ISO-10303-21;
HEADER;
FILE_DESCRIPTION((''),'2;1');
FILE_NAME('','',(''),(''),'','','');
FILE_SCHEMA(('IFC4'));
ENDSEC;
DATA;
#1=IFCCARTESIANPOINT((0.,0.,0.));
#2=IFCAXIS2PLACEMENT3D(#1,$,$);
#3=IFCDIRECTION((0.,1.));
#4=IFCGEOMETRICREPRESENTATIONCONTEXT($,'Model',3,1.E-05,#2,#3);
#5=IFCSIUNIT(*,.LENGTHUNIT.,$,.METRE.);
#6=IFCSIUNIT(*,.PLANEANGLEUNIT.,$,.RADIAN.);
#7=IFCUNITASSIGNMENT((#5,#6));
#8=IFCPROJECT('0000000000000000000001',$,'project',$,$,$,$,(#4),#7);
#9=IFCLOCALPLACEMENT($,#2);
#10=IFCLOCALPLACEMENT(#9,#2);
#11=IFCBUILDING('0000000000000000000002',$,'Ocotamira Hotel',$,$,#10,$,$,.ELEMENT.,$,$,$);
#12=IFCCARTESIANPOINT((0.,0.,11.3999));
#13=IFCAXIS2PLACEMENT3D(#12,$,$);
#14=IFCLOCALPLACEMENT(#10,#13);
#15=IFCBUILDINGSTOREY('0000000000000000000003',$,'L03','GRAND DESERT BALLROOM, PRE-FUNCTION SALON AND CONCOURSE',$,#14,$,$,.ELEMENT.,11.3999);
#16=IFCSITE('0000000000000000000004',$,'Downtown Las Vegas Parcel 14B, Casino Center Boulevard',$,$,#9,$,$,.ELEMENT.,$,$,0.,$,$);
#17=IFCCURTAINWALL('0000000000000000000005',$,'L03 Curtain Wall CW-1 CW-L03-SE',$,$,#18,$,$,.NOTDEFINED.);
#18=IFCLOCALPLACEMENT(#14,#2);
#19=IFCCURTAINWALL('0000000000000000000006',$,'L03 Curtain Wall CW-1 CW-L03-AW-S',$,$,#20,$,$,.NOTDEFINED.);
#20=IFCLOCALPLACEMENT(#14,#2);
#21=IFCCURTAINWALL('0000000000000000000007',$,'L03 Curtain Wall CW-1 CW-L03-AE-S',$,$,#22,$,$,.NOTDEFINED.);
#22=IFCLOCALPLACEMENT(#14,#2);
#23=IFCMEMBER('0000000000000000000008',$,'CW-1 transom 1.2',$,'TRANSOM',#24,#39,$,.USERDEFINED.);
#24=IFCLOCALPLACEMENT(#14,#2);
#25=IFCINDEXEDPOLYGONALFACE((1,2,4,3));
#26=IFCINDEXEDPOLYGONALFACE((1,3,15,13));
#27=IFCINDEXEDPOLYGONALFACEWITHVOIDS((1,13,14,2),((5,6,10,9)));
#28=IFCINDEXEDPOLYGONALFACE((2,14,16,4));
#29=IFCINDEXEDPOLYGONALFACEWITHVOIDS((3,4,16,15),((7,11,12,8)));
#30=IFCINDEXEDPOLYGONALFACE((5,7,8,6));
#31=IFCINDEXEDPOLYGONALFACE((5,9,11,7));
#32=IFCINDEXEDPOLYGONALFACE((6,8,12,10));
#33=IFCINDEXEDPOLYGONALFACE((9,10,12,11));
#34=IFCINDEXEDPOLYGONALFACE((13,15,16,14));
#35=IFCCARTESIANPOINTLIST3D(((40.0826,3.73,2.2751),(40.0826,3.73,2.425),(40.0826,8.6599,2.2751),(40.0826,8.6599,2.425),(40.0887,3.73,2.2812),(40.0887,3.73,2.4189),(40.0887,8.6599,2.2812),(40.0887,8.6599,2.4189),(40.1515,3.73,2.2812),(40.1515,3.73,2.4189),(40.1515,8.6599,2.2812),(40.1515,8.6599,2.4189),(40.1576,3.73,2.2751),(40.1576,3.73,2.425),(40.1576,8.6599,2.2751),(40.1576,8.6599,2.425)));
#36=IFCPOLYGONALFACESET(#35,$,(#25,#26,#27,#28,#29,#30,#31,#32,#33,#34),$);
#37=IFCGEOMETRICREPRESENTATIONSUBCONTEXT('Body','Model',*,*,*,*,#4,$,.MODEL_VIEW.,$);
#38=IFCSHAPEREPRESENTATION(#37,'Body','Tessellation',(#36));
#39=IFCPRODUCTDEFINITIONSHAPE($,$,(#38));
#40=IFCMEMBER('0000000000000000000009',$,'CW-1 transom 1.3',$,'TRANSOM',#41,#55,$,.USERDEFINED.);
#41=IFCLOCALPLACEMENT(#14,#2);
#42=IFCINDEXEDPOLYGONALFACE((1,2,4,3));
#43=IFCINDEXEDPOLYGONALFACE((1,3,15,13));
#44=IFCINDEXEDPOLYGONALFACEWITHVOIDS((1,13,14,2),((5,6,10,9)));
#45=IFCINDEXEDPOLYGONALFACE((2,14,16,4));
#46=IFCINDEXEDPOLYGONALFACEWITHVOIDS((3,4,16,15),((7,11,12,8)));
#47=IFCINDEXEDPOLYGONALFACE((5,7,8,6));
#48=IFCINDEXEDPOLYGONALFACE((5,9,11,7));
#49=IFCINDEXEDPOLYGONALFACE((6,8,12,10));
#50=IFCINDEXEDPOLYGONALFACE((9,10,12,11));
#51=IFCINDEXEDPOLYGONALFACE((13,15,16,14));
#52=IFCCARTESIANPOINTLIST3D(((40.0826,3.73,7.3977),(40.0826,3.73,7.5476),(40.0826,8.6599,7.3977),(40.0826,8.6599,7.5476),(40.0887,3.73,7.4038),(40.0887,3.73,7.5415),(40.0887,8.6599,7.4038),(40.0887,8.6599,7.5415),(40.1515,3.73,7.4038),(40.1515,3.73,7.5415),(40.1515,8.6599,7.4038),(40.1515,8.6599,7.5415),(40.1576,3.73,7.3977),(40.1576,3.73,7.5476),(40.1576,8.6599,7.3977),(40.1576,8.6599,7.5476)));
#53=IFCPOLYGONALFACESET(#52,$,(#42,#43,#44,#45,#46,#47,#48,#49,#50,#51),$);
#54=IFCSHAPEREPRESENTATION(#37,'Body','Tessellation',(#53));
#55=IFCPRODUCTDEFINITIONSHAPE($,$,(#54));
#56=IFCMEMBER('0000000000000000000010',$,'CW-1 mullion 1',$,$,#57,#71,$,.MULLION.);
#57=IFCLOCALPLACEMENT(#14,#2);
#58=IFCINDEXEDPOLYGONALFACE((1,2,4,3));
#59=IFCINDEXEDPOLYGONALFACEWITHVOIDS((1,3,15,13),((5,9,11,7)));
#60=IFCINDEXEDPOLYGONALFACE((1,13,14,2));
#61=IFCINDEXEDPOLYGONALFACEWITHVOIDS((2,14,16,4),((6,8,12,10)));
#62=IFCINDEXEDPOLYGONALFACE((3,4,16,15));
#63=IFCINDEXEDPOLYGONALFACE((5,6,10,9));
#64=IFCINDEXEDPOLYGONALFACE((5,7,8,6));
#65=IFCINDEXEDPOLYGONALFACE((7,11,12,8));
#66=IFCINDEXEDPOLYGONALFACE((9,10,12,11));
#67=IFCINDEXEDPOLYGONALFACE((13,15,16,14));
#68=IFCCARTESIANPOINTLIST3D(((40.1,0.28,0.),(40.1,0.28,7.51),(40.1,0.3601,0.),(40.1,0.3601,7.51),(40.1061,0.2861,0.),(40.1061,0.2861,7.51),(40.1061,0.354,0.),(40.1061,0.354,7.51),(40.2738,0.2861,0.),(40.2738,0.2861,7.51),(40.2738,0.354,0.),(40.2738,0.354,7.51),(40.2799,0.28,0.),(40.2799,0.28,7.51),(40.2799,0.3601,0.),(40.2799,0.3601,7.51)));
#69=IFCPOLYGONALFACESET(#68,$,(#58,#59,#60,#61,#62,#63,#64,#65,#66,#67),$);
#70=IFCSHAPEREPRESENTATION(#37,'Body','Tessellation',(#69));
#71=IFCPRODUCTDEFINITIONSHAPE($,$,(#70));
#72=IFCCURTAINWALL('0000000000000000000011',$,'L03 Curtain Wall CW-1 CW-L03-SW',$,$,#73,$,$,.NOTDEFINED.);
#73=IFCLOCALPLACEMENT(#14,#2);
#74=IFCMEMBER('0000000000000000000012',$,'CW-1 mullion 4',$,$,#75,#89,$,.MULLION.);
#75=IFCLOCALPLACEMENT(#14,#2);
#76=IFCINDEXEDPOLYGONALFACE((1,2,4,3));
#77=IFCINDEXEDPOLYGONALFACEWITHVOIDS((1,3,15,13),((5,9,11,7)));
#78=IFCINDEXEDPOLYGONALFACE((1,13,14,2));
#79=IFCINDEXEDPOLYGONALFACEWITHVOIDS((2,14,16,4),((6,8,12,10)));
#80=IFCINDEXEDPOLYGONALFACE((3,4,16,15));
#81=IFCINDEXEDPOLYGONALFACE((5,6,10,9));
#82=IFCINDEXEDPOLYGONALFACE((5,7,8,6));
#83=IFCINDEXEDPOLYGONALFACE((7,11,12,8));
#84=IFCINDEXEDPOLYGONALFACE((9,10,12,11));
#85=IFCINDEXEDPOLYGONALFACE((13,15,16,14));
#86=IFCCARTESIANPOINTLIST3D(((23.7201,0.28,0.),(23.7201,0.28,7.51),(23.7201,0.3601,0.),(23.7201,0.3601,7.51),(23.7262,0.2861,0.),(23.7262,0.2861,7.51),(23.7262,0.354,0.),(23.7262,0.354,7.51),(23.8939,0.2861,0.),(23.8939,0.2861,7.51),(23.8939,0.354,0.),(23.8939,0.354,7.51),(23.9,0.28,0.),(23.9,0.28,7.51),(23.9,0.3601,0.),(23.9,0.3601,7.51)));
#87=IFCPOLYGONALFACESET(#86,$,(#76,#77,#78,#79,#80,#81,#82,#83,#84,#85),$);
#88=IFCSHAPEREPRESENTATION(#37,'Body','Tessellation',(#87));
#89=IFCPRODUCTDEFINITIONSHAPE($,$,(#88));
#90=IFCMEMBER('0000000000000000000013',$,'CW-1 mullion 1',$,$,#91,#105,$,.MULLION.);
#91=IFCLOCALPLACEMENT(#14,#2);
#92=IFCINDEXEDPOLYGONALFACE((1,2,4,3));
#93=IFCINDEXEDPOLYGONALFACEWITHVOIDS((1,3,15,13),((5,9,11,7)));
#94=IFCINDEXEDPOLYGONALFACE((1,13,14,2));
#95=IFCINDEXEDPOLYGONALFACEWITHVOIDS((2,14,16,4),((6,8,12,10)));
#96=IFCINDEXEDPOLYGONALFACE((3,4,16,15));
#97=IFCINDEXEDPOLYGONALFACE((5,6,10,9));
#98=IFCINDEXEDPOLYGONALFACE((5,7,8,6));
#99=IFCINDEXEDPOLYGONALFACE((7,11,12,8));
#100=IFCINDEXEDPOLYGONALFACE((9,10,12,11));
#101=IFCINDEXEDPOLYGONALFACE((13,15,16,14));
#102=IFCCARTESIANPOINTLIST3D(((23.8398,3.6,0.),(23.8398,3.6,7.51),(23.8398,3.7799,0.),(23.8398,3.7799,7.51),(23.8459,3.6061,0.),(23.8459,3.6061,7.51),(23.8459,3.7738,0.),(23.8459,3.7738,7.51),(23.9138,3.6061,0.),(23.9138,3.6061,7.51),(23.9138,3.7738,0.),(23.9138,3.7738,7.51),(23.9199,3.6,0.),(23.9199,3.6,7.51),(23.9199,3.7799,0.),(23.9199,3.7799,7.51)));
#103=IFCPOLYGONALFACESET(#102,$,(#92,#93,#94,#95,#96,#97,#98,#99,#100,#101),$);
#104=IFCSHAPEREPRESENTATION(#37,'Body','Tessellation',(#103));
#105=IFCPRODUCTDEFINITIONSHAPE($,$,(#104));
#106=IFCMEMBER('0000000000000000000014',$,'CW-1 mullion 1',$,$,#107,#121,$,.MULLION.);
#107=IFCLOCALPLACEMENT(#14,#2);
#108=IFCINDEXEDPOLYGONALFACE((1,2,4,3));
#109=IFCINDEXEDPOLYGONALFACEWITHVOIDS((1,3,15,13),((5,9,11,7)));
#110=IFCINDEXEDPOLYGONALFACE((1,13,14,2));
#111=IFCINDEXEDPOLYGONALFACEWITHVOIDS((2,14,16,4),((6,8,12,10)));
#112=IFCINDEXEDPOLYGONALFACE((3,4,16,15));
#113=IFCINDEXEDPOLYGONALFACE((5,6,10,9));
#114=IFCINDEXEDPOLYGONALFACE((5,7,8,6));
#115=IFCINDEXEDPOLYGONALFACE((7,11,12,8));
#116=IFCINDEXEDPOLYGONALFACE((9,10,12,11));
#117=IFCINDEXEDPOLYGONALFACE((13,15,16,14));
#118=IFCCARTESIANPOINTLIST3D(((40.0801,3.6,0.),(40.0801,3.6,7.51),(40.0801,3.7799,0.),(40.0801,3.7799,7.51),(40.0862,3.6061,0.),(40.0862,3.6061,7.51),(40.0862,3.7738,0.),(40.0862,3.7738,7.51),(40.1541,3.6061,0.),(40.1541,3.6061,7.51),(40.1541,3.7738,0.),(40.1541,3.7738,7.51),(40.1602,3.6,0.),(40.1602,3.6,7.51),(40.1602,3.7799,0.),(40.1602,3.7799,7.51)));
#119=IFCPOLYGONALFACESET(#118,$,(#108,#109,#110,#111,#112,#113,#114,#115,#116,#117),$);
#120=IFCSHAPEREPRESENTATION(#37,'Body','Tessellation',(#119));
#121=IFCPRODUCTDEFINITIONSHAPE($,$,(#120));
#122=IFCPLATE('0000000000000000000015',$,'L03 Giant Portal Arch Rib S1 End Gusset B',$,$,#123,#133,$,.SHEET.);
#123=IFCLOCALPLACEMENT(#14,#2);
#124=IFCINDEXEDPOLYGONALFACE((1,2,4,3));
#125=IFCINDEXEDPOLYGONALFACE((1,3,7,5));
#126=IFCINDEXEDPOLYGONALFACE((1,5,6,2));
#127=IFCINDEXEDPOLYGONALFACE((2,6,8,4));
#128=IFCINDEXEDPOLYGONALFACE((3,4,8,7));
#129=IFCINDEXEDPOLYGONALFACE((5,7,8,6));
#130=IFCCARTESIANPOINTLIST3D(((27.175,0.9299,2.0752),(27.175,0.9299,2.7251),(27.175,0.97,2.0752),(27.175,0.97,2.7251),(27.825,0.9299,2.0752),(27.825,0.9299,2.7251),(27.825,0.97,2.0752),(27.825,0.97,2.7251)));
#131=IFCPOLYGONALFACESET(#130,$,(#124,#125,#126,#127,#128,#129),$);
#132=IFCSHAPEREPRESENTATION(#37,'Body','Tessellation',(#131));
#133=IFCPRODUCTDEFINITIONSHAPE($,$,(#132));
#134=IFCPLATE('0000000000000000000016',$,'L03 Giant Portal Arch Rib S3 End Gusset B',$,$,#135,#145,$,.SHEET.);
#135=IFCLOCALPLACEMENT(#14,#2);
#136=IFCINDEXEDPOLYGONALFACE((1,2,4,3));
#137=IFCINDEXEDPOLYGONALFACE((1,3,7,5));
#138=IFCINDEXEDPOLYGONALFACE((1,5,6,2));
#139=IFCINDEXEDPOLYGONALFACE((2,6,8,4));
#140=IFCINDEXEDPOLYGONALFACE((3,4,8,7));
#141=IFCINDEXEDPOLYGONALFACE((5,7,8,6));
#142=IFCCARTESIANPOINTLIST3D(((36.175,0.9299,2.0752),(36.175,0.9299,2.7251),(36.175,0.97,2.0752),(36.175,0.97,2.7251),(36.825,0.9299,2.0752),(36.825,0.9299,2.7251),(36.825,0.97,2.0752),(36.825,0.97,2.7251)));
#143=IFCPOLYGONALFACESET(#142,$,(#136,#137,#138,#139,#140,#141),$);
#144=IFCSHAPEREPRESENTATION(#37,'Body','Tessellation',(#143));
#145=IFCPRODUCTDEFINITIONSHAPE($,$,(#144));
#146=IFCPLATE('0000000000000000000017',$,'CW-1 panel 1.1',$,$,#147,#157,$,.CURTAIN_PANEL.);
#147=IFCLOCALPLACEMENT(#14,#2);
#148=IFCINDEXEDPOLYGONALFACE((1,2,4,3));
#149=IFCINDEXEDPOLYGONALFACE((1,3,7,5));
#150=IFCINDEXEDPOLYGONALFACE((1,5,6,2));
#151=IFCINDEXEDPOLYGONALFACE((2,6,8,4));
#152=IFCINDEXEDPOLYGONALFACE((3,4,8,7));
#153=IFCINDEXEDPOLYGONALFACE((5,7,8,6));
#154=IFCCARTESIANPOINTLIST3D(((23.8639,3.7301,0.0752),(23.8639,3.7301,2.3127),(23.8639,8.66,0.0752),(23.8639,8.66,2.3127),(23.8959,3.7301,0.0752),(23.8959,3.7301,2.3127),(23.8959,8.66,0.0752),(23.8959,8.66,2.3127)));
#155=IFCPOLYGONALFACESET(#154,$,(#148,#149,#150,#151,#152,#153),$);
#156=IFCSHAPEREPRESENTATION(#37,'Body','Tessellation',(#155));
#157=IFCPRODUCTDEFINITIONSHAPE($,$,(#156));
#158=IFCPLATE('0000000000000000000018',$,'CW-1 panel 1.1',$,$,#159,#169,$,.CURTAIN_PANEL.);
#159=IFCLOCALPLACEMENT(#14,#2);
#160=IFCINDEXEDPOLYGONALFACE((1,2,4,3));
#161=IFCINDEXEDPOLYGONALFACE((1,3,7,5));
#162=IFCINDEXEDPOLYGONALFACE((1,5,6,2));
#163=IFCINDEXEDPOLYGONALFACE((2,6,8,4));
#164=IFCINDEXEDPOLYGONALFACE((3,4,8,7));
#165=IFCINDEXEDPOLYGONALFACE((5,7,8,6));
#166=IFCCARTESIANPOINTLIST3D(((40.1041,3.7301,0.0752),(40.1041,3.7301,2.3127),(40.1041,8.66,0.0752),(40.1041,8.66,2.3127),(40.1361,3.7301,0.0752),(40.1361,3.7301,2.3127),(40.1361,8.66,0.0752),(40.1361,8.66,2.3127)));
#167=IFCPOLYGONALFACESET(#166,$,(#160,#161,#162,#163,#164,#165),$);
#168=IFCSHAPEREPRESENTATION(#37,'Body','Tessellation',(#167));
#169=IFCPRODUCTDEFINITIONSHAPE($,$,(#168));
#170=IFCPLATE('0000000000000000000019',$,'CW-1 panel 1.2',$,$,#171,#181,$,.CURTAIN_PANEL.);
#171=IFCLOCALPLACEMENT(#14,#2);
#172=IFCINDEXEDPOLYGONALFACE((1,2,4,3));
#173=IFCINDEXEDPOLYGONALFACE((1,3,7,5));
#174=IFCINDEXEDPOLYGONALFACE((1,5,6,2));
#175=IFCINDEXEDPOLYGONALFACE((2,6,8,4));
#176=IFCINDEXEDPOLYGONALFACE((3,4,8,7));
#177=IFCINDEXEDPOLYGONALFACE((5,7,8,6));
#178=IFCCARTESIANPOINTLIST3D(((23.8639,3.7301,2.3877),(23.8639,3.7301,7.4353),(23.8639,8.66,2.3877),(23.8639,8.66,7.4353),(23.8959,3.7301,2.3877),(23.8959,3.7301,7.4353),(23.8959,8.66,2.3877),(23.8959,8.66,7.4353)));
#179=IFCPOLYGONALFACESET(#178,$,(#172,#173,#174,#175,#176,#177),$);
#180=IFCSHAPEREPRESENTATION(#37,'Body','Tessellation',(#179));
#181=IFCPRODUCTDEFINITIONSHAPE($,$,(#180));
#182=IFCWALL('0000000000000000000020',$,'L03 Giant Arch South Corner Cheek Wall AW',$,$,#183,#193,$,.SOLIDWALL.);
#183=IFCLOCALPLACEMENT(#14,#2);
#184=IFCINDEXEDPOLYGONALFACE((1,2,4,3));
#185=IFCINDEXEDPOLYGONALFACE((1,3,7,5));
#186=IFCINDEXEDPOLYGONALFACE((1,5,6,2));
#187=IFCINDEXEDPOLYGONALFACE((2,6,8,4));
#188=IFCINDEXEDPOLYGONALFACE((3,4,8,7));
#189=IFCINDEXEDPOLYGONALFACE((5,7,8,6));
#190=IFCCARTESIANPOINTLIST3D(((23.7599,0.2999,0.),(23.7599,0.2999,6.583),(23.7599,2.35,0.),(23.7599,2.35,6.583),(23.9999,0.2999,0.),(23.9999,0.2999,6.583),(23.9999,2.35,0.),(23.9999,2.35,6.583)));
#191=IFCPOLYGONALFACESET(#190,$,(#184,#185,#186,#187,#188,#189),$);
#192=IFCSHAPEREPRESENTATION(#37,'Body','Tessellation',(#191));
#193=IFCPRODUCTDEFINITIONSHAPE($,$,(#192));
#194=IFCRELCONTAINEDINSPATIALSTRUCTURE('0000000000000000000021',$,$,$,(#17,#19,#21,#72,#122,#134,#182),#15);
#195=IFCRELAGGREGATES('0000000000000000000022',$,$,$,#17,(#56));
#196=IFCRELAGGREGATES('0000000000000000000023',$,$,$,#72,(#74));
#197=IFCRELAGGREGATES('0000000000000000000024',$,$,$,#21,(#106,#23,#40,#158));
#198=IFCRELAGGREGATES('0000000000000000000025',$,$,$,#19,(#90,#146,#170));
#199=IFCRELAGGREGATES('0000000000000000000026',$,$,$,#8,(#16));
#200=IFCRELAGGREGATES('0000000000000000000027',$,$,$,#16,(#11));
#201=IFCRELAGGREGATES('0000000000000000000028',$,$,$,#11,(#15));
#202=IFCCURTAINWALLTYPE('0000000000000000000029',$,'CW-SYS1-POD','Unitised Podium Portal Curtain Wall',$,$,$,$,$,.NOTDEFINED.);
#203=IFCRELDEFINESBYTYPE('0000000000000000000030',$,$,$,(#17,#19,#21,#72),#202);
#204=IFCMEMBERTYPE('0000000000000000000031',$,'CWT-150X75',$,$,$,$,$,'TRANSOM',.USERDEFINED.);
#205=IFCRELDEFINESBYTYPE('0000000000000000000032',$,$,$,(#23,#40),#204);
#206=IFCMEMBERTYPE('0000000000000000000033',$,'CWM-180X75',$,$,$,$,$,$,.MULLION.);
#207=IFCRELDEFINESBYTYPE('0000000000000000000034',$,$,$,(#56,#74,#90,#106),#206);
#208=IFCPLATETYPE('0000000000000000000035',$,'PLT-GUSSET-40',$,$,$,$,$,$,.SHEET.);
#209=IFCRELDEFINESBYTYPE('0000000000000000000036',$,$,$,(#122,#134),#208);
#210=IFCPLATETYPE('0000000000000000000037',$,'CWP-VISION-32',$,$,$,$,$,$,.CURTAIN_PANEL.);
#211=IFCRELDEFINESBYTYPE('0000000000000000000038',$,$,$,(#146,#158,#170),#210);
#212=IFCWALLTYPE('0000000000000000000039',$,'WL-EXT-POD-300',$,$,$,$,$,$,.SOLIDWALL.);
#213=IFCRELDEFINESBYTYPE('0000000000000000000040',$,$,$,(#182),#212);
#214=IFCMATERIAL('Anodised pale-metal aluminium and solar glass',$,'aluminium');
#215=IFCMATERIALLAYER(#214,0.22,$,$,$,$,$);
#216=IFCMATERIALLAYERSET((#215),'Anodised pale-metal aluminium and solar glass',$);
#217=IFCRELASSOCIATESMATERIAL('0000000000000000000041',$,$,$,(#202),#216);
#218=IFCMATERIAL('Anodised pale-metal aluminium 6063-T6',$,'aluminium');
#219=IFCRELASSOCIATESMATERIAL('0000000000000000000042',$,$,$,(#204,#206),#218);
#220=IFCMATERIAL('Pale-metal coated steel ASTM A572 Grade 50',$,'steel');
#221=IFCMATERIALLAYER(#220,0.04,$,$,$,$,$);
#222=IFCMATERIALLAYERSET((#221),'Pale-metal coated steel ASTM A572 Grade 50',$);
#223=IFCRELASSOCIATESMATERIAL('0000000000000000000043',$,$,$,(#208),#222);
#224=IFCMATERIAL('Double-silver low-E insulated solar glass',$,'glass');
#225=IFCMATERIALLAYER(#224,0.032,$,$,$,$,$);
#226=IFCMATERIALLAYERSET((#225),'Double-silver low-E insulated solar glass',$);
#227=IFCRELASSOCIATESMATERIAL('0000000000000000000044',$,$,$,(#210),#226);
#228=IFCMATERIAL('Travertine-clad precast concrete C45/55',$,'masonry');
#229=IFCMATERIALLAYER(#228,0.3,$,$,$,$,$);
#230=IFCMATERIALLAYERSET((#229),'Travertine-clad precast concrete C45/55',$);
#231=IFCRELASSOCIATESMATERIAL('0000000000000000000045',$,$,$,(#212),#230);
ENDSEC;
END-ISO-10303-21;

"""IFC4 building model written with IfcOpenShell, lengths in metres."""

from ifc_helpers import new_model, si_unit, direction, frame, frame_2d, origin, origin_2d, place, context, subcontext, project, spatial, rectangle, hollow_rectangle, extrude, source, transform, mapped, material, layer, layer_set, material_profile, profile_set, type_object, element, aggregate, save


model = new_model("IFC4")

# Units and contexts
model_context = context("Model", 3, precision=1e-05, world=origin(), true_north=direction((0.0, 1.0)))
body_context = subcontext(model_context, "Body", "Model", "MODEL_VIEW")
ifc_project = project(units=[si_unit("LENGTHUNIT", "METRE"), si_unit("PLANEANGLEUNIT", "RADIAN")], contexts=[model_context])

# Site, building, storey
site_placement = place(None, origin())
site = spatial("IfcSite", under=ifc_project, at=site_placement, Name="Downtown Las Vegas Parcel 14B, Casino Center Boulevard", CompositionType="ELEMENT", RefElevation=0.0)
building_placement = place(site_placement, origin())
building = spatial("IfcBuilding", under=site, at=building_placement, Name="Ocotamira Hotel", CompositionType="ELEMENT")
storey_placement = place(building_placement, frame((0.0, 0.0, 11.3999)))
storey = spatial("IfcBuildingStorey", under=building, at=storey_placement, Name="L03", Description="GRAND DESERT BALLROOM, PRE-FUNCTION SALON AND CONCOURSE", CompositionType="ELEMENT", Elevation=11.3999)

# Curtain walls, members
ifc_material_1 = material(Name="Anodised pale-metal aluminium and solar glass", Category="aluminium")
ifc_layer_1 = layer(ifc_material_1, 0.22)
ifc_layer_set_1 = layer_set([ifc_layer_1], Name="Anodised pale-metal aluminium and solar glass")
curtain_wall_type = type_object("IfcCurtainWallType", Name="CW-SYS1-POD", Description="Unitised Podium Portal Curtain Wall", PredefinedType="NOTDEFINED", material=ifc_layer_set_1)
curtain_wall_1_placement = place(storey_placement, origin())
curtain_wall_1 = element("IfcCurtainWall", 1, at=curtain_wall_1_placement, inside=storey, type_object=curtain_wall_type, Name="L03 Curtain Wall CW-1 CW-L03-SE", PredefinedType="NOTDEFINED")
ifc_material_2 = material(Name="Anodised pale-metal aluminium 6063-T6", Category="aluminium")
ifc_material_profile_1 = material_profile(ifc_material_2, hollow_rectangle(XDim=0.075, YDim=0.1499, WallThickness=0.0061, at=origin_2d()), Name="HSS150X75X6")
ifc_profile_set_1 = profile_set([ifc_material_profile_1], Name="Anodised pale-metal aluminium 6063-T6")
member_type_1 = type_object("IfcMemberType", Name="CWT-150X75", ElementType="TRANSOM", PredefinedType="USERDEFINED", material=ifc_profile_set_1)
curtain_wall_2_placement = place(storey_placement, origin())
curtain_wall_2 = element("IfcCurtainWall", 2, at=curtain_wall_2_placement, inside=storey, type_object=curtain_wall_type, Name="L03 Curtain Wall CW-1 CW-L03-AW-S", PredefinedType="NOTDEFINED")
shared_shape_1 = source(origin(), body_context, "Body", "SweptSolid", [
    extrude(hollow_rectangle(XDim=0.075, YDim=0.1499, WallThickness=0.0061, at=origin_2d()), origin(), (0.0, 0.0, 1.0), 4.9299),
])
curtain_wall_3_placement = place(storey_placement, origin())
curtain_wall_3 = element("IfcCurtainWall", 3, at=curtain_wall_3_placement, inside=storey, type_object=curtain_wall_type, Name="L03 Curtain Wall CW-1 CW-L03-AE-S", PredefinedType="NOTDEFINED")
member_1_placement = place(storey_placement, frame((40.1201, 3.73, 2.3501), z_axis=(0.0, 1.0, 0.0), x_axis=(-1.0, 0.0, 0.0)))
member_1 = element("IfcMember", 4, at=member_1_placement, type_object=member_type_1, Name="CW-1 transom 1.2", ObjectType="TRANSOM", PredefinedType="USERDEFINED", context=body_context, shape_type="MappedRepresentation", body=[
    mapped(shared_shape_1, transform((0.0, 0.0, 0.0), scale=1.0)),
])
member_2_placement = place(storey_placement, frame((40.1201, 3.73, 7.4727), z_axis=(0.0, 1.0, 0.0), x_axis=(-1.0, 0.0, 0.0)))
member_2 = element("IfcMember", 5, at=member_2_placement, type_object=member_type_1, Name="CW-1 transom 1.3", ObjectType="TRANSOM", PredefinedType="USERDEFINED", context=body_context, shape_type="MappedRepresentation", body=[
    mapped(shared_shape_1, transform((0.0, 0.0, 0.0), scale=1.0)),
])

# Member
ifc_material_profile_2 = material_profile(ifc_material_2, hollow_rectangle(XDim=0.0801, YDim=0.1799, WallThickness=0.0061, at=origin_2d()), Name="HSS180X80X6")
ifc_profile_set_2 = profile_set([ifc_material_profile_2], Name="Anodised pale-metal aluminium 6063-T6")
member_type_2 = type_object("IfcMemberType", Name="CWM-180X75", PredefinedType="MULLION", material=ifc_profile_set_2)
shared_shape_2 = source(origin(), body_context, "Body", "SweptSolid", [
    extrude(hollow_rectangle(XDim=0.0801, YDim=0.1799, WallThickness=0.0061, at=origin_2d()), origin(), (0.0, 0.0, 1.0), 7.51),
])
member_3_placement = place(storey_placement, frame((40.1899, 0.3201, 0.0), z_axis=(0.0, 0.0, 1.0), x_axis=(0.0, 1.0, 0.0)))
member_3 = element("IfcMember", 6, at=member_3_placement, type_object=member_type_2, Name="CW-1 mullion 1", PredefinedType="MULLION", context=body_context, shape_type="MappedRepresentation", body=[
    mapped(shared_shape_2, transform((0.0, 0.0, 0.0), scale=1.0)),
])
aggregate(curtain_wall_1, [member_3])

# Curtain wall, member
curtain_wall_4_placement = place(storey_placement, origin())
curtain_wall_4 = element("IfcCurtainWall", 7, at=curtain_wall_4_placement, inside=storey, type_object=curtain_wall_type, Name="L03 Curtain Wall CW-1 CW-L03-SW", PredefinedType="NOTDEFINED")
member_4_placement = place(storey_placement, frame((23.8101, 0.3201, 0.0), z_axis=(0.0, 0.0, 1.0), x_axis=(0.0, 1.0, 0.0)))
member_4 = element("IfcMember", 8, at=member_4_placement, type_object=member_type_2, Name="CW-1 mullion 4", PredefinedType="MULLION", context=body_context, shape_type="MappedRepresentation", body=[
    mapped(shared_shape_2, transform((0.0, 0.0, 0.0), scale=1.0)),
])
aggregate(curtain_wall_4, [member_4])

# Members
member_5_placement = place(storey_placement, frame((23.8799, 3.6899, 0.0), z_axis=(0.0, 0.0, 1.0), x_axis=(-1.0, 0.0, 0.0)))
member_5 = element("IfcMember", 9, at=member_5_placement, type_object=member_type_2, Name="CW-1 mullion 1", PredefinedType="MULLION", context=body_context, shape_type="MappedRepresentation", body=[
    mapped(shared_shape_2, transform((0.0, 0.0, 0.0), scale=1.0)),
])
member_6_placement = place(storey_placement, frame((40.1201, 3.6899, 0.0), z_axis=(0.0, 0.0, 1.0), x_axis=(-1.0, 0.0, 0.0)))
member_6 = element("IfcMember", 10, at=member_6_placement, type_object=member_type_2, Name="CW-1 mullion 1", PredefinedType="MULLION", context=body_context, shape_type="MappedRepresentation", body=[
    mapped(shared_shape_2, transform((0.0, 0.0, 0.0), scale=1.0)),
])

# Plates
ifc_material_3 = material(Name="Pale-metal coated steel ASTM A572 Grade 50", Category="steel")
ifc_layer_2 = layer(ifc_material_3, 0.04)
ifc_layer_set_2 = layer_set([ifc_layer_2], Name="Pale-metal coated steel ASTM A572 Grade 50")
plate_type_1 = type_object("IfcPlateType", Name="PLT-GUSSET-40", PredefinedType="SHEET", material=ifc_layer_set_2)
shared_shape_3 = source(origin(), body_context, "Body", "SweptSolid", [
    extrude(rectangle(XDim=0.6499, YDim=0.04, at=origin_2d()), origin(), (0.0, 0.0, 1.0), 0.6499),
])
for number, where, z_axis, x_axis, name in (
    (11, (27.5, 0.95, 2.0752), (0.0, 0.0, 1.0), (1.0, 0.0, 0.0), "L03 Giant Portal Arch Rib S1 End Gusset B"),
    (12, (36.5, 0.95, 2.0752), (0.0, 0.0, 1.0), (1.0, 0.0, 0.0), "L03 Giant Portal Arch Rib S3 End Gusset B"),
):
    element("IfcPlate", number, at=place(storey_placement, frame(where, z_axis=z_axis, x_axis=x_axis)), inside=storey, type_object=plate_type_1, Name=name, PredefinedType="SHEET", context=body_context, shape_type="MappedRepresentation", body=[
        mapped(shared_shape_3, transform((0.0, 0.0, 0.0), scale=1.0)),
    ])

# Plates
ifc_material_4 = material(Name="Double-silver low-E insulated solar glass", Category="glass")
ifc_layer_3 = layer(ifc_material_4, 0.032)
ifc_layer_set_3 = layer_set([ifc_layer_3], Name="Double-silver low-E insulated solar glass")
plate_type_2 = type_object("IfcPlateType", Name="CWP-VISION-32", PredefinedType="CURTAIN_PANEL", material=ifc_layer_set_3)
shared_shape_4 = source(origin(), body_context, "Body", "SweptSolid", [
    extrude(rectangle(XDim=4.9299, YDim=0.032, at=origin_2d()), origin(), (0.0, 0.0, 1.0), 2.2375),
])
plate_1_placement = place(storey_placement, frame((23.8799, 6.1951, 0.0752), z_axis=(0.0, 0.0, 1.0), x_axis=(0.0, 1.0, 0.0)))
plate_1 = element("IfcPlate", 13, at=plate_1_placement, type_object=plate_type_2, Name="CW-1 panel 1.1", PredefinedType="CURTAIN_PANEL", context=body_context, shape_type="MappedRepresentation", body=[
    mapped(shared_shape_4, transform((0.0, 0.0, 0.0), scale=1.0)),
])
plate_2_placement = place(storey_placement, frame((40.1201, 6.1951, 0.0752), z_axis=(0.0, 0.0, 1.0), x_axis=(0.0, 1.0, 0.0)))
plate_2 = element("IfcPlate", 14, at=plate_2_placement, type_object=plate_type_2, Name="CW-1 panel 1.1", PredefinedType="CURTAIN_PANEL", context=body_context, shape_type="MappedRepresentation", body=[
    mapped(shared_shape_4, transform((0.0, 0.0, 0.0), scale=1.0)),
])
aggregate(curtain_wall_3, [member_6, member_1, member_2, plate_2])
shared_shape_5 = source(origin(), body_context, "Body", "SweptSolid", [
    extrude(rectangle(XDim=4.9299, YDim=0.032, at=origin_2d()), origin(), (0.0, 0.0, 1.0), 5.0476),
])
plate_3_placement = place(storey_placement, frame((23.8799, 6.1951, 2.3877), z_axis=(0.0, 0.0, 1.0), x_axis=(0.0, 1.0, 0.0)))
plate_3 = element("IfcPlate", 15, at=plate_3_placement, type_object=plate_type_2, Name="CW-1 panel 1.2", PredefinedType="CURTAIN_PANEL", context=body_context, shape_type="MappedRepresentation", body=[
    mapped(shared_shape_5, transform((0.0, 0.0, 0.0), scale=1.0)),
])
aggregate(curtain_wall_2, [member_5, plate_1, plate_3])

# Wall
ifc_material_5 = material(Name="Travertine-clad precast concrete C45/55", Category="masonry")
ifc_layer_4 = layer(ifc_material_5, 0.3)
ifc_layer_set_4 = layer_set([ifc_layer_4], Name="Travertine-clad precast concrete C45/55")
wall_type = type_object("IfcWallType", Name="WL-EXT-POD-300", PredefinedType="SOLIDWALL", material=ifc_layer_set_4)
for number, where, z_axis, x_axis, name in (
    (16, (23.8799, 0.3, 0.0), (0.0, 0.0, 1.0), (0.0, 1.0, 0.0), "L03 Giant Arch South Corner Cheek Wall AW"),
):
    element("IfcWall", number, at=place(storey_placement, frame(where, z_axis=z_axis, x_axis=x_axis)), inside=storey, type_object=wall_type, Name=name, PredefinedType="SOLIDWALL", context=body_context, shape_type="SweptSolid", body=[
        extrude(rectangle(XDim=2.05, YDim=0.24, at=frame_2d((1.0249, 0.0))), origin(), (0.0, 0.0, 1.0), 6.583),
    ])

save(model, "model.ifc")
